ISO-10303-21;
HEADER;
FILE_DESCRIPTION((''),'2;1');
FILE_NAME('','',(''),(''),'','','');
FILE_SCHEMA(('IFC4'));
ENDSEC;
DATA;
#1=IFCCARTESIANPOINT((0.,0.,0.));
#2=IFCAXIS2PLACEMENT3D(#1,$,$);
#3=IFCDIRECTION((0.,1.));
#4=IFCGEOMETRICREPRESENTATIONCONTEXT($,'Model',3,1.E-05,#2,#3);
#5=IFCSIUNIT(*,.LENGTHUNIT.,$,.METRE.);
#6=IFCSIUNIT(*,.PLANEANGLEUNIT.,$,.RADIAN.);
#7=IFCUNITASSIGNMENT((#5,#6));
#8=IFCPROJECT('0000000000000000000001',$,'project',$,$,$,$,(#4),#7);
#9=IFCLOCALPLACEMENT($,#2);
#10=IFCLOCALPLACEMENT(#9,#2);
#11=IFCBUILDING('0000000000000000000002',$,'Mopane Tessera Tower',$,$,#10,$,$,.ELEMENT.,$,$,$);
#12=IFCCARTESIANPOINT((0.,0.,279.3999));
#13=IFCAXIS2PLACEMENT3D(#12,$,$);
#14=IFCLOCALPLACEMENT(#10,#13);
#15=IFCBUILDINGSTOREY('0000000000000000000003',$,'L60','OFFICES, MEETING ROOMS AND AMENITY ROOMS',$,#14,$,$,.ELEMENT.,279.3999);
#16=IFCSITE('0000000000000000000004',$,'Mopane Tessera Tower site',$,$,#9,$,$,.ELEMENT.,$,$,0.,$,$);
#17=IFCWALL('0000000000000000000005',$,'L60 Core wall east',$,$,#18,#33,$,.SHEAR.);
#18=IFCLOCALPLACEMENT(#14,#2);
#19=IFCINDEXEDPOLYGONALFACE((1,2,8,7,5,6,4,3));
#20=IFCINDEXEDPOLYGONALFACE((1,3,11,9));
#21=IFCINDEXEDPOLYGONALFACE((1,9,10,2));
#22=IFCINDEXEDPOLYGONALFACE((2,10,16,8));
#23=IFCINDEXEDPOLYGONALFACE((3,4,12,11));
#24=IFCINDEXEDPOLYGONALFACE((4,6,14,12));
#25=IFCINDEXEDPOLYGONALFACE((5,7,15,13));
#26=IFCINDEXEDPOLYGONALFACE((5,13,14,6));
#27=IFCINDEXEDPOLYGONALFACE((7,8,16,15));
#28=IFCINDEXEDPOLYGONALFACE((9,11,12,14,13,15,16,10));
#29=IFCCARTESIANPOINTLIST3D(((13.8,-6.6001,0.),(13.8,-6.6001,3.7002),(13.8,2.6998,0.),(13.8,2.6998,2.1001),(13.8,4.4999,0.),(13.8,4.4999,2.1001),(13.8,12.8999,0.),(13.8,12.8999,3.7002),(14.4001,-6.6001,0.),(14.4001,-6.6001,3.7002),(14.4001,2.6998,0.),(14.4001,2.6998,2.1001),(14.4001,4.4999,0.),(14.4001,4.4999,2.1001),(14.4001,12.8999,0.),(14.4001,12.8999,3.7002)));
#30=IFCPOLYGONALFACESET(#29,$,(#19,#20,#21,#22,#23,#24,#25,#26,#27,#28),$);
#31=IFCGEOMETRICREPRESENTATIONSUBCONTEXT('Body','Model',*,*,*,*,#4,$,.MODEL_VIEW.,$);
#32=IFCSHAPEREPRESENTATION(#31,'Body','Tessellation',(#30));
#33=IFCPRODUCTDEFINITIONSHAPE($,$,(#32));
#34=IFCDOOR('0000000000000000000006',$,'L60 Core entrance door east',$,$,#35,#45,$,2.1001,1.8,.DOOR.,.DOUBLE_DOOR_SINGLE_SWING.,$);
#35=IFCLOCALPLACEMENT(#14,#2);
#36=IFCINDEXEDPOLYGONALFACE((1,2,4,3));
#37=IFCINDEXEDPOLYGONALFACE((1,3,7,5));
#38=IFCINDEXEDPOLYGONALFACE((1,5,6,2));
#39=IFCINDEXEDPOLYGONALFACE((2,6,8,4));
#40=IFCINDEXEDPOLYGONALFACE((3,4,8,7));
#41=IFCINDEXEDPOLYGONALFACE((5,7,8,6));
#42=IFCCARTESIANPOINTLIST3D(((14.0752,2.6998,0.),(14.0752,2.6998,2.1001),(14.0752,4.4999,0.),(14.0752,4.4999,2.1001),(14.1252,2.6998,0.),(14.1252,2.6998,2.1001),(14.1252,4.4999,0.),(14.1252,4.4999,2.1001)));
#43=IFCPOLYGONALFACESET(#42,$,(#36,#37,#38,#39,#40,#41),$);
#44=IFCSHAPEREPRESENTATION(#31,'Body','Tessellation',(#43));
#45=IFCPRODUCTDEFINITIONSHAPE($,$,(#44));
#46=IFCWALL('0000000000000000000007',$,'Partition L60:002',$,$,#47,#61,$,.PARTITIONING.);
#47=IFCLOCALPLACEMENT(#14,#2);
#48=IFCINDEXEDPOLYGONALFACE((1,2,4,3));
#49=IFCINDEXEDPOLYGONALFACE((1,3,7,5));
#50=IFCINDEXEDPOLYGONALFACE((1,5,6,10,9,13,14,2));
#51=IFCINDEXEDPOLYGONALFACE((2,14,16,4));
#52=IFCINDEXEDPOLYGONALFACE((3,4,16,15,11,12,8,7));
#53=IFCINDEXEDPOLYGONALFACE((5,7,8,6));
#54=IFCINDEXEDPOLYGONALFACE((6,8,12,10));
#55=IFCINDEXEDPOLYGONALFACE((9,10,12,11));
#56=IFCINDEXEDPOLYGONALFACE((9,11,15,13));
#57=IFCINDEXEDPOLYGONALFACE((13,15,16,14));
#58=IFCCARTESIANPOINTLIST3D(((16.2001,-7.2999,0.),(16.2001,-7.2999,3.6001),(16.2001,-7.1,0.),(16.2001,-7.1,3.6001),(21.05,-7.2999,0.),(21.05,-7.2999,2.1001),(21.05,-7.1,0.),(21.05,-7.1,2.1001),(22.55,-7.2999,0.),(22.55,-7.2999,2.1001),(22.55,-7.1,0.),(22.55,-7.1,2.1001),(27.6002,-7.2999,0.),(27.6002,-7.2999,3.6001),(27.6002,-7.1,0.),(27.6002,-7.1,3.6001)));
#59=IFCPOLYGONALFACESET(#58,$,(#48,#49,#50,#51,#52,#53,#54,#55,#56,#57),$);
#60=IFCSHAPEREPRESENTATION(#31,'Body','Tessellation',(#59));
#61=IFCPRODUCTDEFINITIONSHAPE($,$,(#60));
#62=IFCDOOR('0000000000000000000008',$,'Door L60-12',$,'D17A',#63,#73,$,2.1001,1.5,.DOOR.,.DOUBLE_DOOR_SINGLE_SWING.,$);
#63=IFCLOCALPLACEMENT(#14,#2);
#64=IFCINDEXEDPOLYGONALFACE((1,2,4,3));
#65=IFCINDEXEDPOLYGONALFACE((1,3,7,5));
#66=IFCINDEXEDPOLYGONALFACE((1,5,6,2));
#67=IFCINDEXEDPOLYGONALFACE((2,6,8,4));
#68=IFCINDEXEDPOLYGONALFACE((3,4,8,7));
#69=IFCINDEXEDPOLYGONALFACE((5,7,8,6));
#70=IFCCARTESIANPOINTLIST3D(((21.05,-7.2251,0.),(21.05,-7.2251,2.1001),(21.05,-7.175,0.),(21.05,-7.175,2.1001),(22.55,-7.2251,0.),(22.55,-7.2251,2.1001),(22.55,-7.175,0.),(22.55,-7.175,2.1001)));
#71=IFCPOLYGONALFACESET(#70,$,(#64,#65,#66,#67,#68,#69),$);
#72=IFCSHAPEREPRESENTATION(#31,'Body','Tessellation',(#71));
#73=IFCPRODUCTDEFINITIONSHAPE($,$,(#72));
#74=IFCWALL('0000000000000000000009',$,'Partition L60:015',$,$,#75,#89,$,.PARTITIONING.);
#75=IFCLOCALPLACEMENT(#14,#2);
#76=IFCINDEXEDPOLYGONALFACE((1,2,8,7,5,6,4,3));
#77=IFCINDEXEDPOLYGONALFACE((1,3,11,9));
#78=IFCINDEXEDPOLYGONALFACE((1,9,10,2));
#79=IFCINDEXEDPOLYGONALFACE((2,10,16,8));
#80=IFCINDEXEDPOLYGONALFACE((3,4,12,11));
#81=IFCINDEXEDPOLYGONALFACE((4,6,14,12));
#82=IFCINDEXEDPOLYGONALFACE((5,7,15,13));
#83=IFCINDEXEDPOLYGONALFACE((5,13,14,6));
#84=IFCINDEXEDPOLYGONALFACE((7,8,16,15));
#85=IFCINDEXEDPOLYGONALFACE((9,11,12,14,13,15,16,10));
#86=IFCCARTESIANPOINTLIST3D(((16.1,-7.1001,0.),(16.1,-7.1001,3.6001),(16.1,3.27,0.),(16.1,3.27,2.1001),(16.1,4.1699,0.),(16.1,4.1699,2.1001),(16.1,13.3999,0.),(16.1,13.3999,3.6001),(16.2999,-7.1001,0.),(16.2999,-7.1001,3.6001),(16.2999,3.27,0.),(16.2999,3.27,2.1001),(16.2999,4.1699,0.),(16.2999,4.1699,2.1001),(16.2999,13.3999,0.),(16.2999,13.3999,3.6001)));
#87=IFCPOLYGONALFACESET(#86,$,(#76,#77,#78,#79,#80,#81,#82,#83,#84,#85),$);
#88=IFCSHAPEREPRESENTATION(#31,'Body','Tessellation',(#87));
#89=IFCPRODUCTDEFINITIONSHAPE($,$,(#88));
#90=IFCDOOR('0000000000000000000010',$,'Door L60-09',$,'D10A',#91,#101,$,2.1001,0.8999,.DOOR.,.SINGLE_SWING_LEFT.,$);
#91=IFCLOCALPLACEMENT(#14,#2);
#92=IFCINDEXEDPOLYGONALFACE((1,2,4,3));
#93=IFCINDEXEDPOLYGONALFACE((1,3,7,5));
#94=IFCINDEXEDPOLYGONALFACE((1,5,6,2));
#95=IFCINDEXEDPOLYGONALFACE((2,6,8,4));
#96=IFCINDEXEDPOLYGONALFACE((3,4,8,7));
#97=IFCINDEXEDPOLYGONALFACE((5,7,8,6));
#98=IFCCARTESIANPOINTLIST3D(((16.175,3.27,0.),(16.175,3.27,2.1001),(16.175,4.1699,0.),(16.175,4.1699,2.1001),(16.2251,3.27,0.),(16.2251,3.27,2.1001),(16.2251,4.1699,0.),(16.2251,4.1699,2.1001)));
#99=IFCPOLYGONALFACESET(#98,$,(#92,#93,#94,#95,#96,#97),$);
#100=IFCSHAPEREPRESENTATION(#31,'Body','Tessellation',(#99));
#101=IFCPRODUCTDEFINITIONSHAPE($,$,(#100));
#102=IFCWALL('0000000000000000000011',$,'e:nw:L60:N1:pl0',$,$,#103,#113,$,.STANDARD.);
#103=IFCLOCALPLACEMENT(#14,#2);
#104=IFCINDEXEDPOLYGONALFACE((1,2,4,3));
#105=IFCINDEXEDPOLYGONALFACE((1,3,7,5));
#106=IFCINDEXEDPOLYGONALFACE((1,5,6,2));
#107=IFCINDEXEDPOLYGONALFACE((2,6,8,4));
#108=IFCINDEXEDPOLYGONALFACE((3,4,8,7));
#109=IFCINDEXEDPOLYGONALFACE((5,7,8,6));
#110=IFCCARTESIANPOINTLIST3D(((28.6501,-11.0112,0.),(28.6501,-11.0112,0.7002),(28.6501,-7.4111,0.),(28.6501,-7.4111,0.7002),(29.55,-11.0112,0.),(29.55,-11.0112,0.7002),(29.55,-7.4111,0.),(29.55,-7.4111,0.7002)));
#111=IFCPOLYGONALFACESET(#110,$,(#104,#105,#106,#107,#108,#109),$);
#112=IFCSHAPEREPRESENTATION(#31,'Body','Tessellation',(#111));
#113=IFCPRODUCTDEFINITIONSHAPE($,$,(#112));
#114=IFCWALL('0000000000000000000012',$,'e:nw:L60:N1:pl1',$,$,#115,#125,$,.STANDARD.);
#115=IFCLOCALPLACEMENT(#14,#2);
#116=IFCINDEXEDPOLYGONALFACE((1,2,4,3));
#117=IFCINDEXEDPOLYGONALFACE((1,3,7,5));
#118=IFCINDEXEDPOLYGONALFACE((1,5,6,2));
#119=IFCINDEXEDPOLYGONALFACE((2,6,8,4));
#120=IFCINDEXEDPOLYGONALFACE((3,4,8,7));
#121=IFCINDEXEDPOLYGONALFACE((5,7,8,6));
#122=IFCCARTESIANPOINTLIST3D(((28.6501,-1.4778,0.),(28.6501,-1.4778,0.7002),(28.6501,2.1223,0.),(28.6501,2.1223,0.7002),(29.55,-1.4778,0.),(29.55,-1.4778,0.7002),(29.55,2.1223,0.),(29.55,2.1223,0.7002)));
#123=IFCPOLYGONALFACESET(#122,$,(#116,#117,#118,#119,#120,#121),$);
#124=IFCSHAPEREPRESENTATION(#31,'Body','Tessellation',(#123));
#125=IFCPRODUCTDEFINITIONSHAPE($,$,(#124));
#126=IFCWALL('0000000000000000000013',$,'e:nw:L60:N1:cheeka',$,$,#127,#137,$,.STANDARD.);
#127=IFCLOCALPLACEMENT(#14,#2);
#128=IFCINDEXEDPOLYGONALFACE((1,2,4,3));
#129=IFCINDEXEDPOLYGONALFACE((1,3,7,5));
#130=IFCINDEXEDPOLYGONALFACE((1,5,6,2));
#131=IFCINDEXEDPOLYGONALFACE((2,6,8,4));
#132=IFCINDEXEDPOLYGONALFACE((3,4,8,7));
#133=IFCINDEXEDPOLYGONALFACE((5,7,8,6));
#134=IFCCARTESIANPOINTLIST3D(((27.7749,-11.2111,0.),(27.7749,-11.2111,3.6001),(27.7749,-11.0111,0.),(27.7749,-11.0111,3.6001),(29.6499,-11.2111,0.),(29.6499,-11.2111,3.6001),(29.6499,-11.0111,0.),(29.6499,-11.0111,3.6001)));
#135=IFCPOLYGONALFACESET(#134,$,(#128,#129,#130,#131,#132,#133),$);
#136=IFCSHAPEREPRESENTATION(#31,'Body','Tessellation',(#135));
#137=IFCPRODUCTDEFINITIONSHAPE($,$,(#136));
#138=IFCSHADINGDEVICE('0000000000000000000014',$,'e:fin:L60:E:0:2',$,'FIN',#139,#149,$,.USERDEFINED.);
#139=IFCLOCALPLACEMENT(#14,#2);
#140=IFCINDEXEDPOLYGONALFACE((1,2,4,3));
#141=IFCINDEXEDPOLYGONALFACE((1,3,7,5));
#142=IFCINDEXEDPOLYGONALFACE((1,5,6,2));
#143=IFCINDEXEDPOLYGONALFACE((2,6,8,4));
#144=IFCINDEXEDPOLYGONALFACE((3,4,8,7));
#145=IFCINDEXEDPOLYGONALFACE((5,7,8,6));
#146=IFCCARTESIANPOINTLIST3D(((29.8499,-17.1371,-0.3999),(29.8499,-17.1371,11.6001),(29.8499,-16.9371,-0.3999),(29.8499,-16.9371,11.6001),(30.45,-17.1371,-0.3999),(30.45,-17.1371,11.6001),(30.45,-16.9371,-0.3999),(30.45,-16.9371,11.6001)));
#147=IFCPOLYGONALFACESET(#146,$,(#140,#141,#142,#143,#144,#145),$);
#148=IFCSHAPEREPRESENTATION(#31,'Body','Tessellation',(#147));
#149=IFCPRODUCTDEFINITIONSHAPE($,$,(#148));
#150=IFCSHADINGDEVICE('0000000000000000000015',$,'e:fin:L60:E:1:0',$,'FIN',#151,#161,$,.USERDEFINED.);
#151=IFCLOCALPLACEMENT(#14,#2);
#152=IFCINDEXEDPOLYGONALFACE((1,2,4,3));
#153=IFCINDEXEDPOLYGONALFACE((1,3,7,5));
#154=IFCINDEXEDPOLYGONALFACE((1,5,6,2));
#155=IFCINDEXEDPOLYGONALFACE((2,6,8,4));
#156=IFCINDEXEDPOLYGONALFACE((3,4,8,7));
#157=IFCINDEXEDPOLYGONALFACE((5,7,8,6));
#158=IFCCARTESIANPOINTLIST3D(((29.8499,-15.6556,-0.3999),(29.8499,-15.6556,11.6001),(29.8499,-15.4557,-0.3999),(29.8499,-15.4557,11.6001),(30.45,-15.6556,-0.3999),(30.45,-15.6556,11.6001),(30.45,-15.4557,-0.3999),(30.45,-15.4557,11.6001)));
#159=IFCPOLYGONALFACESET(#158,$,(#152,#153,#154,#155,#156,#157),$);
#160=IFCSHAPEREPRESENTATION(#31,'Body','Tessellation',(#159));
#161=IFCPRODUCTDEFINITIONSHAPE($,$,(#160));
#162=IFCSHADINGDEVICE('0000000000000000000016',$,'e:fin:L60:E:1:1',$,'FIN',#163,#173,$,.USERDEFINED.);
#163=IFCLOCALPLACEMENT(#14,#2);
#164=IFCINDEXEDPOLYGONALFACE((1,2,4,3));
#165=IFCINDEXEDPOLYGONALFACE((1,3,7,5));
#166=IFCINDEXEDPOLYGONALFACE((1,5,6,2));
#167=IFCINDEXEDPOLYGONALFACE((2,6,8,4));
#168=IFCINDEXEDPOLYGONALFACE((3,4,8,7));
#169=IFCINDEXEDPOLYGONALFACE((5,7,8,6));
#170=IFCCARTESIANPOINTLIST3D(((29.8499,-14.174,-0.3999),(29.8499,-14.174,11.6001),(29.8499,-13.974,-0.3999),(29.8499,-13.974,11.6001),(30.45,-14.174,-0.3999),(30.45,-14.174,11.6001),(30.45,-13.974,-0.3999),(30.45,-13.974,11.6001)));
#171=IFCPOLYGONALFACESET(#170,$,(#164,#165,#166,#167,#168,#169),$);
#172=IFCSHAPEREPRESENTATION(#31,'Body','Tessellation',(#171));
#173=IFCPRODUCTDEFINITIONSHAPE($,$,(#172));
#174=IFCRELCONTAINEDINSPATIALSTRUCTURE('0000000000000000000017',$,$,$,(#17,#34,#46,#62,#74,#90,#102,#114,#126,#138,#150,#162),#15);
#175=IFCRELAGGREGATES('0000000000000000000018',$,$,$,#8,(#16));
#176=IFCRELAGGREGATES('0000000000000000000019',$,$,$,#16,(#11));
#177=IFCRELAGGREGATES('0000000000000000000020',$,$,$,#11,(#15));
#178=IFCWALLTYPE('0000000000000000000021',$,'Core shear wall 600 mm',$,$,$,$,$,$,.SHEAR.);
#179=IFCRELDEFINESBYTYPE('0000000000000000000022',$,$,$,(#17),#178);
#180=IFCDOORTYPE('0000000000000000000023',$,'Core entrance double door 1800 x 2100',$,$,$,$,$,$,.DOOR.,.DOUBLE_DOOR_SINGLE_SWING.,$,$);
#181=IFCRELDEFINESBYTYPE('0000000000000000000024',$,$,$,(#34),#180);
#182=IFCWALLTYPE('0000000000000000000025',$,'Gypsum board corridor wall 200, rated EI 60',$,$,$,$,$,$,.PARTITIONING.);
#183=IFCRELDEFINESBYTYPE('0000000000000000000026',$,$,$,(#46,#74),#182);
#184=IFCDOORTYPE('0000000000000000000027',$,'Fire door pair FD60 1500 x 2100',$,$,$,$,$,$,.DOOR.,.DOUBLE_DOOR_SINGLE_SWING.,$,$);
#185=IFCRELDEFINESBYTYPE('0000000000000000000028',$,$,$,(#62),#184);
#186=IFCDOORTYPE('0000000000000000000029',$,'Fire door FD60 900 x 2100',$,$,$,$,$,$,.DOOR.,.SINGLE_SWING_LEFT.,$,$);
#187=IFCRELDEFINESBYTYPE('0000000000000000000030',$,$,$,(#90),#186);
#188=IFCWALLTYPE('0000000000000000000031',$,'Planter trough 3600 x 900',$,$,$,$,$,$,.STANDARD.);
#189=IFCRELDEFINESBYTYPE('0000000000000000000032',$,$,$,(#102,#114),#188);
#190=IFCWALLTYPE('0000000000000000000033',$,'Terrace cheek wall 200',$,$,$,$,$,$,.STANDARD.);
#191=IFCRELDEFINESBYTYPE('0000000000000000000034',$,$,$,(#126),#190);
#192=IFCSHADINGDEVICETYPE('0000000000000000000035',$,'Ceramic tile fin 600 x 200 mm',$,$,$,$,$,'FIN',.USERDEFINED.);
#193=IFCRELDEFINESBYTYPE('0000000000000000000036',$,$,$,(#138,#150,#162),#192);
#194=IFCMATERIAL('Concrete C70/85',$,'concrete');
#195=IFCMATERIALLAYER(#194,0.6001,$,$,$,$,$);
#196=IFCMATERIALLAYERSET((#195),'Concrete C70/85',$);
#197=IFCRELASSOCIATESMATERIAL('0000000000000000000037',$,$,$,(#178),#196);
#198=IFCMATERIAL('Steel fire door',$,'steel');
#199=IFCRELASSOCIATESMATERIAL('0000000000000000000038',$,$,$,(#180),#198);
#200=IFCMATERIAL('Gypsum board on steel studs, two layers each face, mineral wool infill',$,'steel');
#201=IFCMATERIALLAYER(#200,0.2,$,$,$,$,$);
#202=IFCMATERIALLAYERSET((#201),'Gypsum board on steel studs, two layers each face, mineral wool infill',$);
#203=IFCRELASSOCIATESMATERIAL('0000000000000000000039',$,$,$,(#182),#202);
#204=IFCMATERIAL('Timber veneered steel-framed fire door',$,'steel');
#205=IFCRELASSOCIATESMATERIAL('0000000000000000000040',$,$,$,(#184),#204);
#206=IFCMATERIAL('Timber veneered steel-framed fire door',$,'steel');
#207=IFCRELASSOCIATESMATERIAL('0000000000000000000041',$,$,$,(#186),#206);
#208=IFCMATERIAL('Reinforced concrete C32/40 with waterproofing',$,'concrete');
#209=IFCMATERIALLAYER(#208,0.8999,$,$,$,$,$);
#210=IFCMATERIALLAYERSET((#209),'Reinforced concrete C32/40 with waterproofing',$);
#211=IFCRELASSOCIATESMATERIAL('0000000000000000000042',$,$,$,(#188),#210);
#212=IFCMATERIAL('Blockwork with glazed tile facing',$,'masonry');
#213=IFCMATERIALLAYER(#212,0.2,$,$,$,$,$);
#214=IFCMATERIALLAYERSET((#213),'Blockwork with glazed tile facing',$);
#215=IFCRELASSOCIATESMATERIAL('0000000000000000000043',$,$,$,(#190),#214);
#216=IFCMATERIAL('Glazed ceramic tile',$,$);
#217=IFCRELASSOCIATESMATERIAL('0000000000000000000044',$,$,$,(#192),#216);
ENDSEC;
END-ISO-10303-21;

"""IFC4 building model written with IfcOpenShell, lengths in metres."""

from ifc_helpers import new_model, si_unit, direction, frame, frame_2d, origin, origin_2d, place, context, subcontext, project, spatial, rectangle, extrude, material, layer, layer_set, type_object, element, fill, save


model = new_model("IFC4")

# Units and contexts
model_context = context("Model", 3, precision=1e-05, world=origin(), true_north=direction((0.0, 1.0)))
body_context = subcontext(model_context, "Body", "Model", "MODEL_VIEW")
ifc_project = project(units=[si_unit("LENGTHUNIT", "METRE"), si_unit("PLANEANGLEUNIT", "RADIAN")], contexts=[model_context])

# Site, building, storey
site_placement = place(None, origin())
site = spatial("IfcSite", under=ifc_project, at=site_placement, Name="Mopane Tessera Tower site", CompositionType="ELEMENT", RefElevation=0.0)
building_placement = place(site_placement, origin())
building = spatial("IfcBuilding", under=site, at=building_placement, Name="Mopane Tessera Tower", CompositionType="ELEMENT")
storey_placement = place(building_placement, frame((0.0, 0.0, 279.3999)))
storey = spatial("IfcBuildingStorey", under=building, at=storey_placement, Name="L60", Description="OFFICES, MEETING ROOMS AND AMENITY ROOMS", CompositionType="ELEMENT", Elevation=279.3999)

# Walls, openings, doors
ifc_material_1 = material(Name="Concrete C70/85", Category="concrete")
ifc_layer_1 = layer(ifc_material_1, 0.6001)
ifc_layer_set_1 = layer_set([ifc_layer_1], Name="Concrete C70/85")
wall_type_1 = type_object("IfcWallType", Name="Core shear wall 600 mm", PredefinedType="SHEAR", material=ifc_layer_set_1)
wall_1_placement = place(storey_placement, frame((14.1001, -6.6001, 0.0), z_axis=(0.0, 0.0, 1.0), x_axis=(0.0, 1.0, 0.0)))
wall_1 = element("IfcWall", 1, at=wall_1_placement, inside=storey, type_object=wall_type_1, Name="L60 Core wall east", PredefinedType="SHEAR", context=body_context, shape_type="SweptSolid", body=[
    extrude(rectangle(XDim=19.5, YDim=0.6001, at=frame_2d((9.75, 0.0))), origin(), (0.0, 0.0, 1.0), 3.7002),
])
opening_1_placement = place(wall_1_placement, frame((9.3, 0.0, 0.0)))
opening_1 = element("IfcOpeningElement", 2, at=opening_1_placement, cuts=wall_1, PredefinedType="OPENING", context=body_context, shape_type="SweptSolid", body=[
    extrude(rectangle(XDim=1.8, YDim=2.1001, at=frame_2d((0.8999, 1.05))), frame((0.0, 0.312, 0.0), z_axis=(0.0, -1.0, 0.0), x_axis=(1.0, 0.0, 0.0)), (0.0, 0.0, 1.0), 0.624),
])
ifc_material_2 = material(Name="Steel fire door", Category="steel")
door_type_1 = type_object("IfcDoorType", Name="Core entrance double door 1800 x 2100", OperationType="DOUBLE_DOOR_SINGLE_SWING", PredefinedType="DOOR", material=ifc_material_2)
door_1_placement = place(opening_1_placement, origin())
door_1 = element("IfcDoor", 3, at=door_1_placement, inside=storey, type_object=door_type_1, Name="L60 Core entrance door east", OperationType="DOUBLE_DOOR_SINGLE_SWING", OverallHeight=2.1001, OverallWidth=1.8, PredefinedType="DOOR", context=body_context, shape_type="SweptSolid", body=[
    extrude(rectangle(XDim=1.8, YDim=2.1001, at=frame_2d((0.8999, 1.05))), frame((0.0, 0.0249, 0.0), z_axis=(0.0, -1.0, 0.0), x_axis=(1.0, 0.0, 0.0)), (0.0, 0.0, 1.0), 0.05),
])
fill(opening_1, door_1)
ifc_material_3 = material(Name="Gypsum board on steel studs, two layers each face, mineral wool infill", Category="steel")
ifc_layer_2 = layer(ifc_material_3, 0.2)
ifc_layer_set_2 = layer_set([ifc_layer_2], Name="Gypsum board on steel studs, two layers each face, mineral wool infill")
wall_type_2 = type_object("IfcWallType", Name="Gypsum board corridor wall 200, rated EI 60", PredefinedType="PARTITIONING", material=ifc_layer_set_2)
wall_2_placement = place(storey_placement, frame((16.2, -7.2, 0.0), z_axis=(0.0, 0.0, 1.0), x_axis=(1.0, 0.0, 0.0)))
wall_2 = element("IfcWall", 4, at=wall_2_placement, inside=storey, type_object=wall_type_2, Name="Partition L60:002", PredefinedType="PARTITIONING", context=body_context, shape_type="SweptSolid", body=[
    extrude(rectangle(XDim=11.4001, YDim=0.2, at=frame_2d((5.7002, 0.0))), origin(), (0.0, 0.0, 1.0), 3.6001),
])
opening_2_placement = place(wall_2_placement, frame((4.8501, 0.0, 0.0)))
opening_2 = element("IfcOpeningElement", 5, at=opening_2_placement, cuts=wall_2, PredefinedType="OPENING", context=body_context, shape_type="SweptSolid", body=[
    extrude(rectangle(XDim=1.5, YDim=2.1001, at=frame_2d((0.75, 1.05))), frame((0.0, 0.1121, 0.0), z_axis=(0.0, -1.0, 0.0), x_axis=(1.0, 0.0, 0.0)), (0.0, 0.0, 1.0), 0.2239),
])
ifc_material_4 = material(Name="Timber veneered steel-framed fire door", Category="steel")
door_type_2 = type_object("IfcDoorType", Name="Fire door pair FD60 1500 x 2100", OperationType="DOUBLE_DOOR_SINGLE_SWING", PredefinedType="DOOR", material=ifc_material_4)
door_2_placement = place(opening_2_placement, origin())
door_2 = element("IfcDoor", 6, at=door_2_placement, inside=storey, type_object=door_type_2, Name="Door L60-12", ObjectType="D17A", OperationType="DOUBLE_DOOR_SINGLE_SWING", OverallHeight=2.1001, OverallWidth=1.5, PredefinedType="DOOR", context=body_context, shape_type="SweptSolid", body=[
    extrude(rectangle(XDim=1.5, YDim=2.1001, at=frame_2d((0.75, 1.05))), frame((0.0, 0.0249, 0.0), z_axis=(0.0, -1.0, 0.0), x_axis=(1.0, 0.0, 0.0)), (0.0, 0.0, 1.0), 0.05),
])
fill(opening_2, door_2)
wall_3_placement = place(storey_placement, frame((16.2, -7.1001, 0.0), z_axis=(0.0, 0.0, 1.0), x_axis=(0.0, 1.0, 0.0)))
wall_3 = element("IfcWall", 7, at=wall_3_placement, inside=storey, type_object=wall_type_2, Name="Partition L60:015", PredefinedType="PARTITIONING", context=body_context, shape_type="SweptSolid", body=[
    extrude(rectangle(XDim=20.5, YDim=0.2, at=frame_2d((10.25, 0.0))), origin(), (0.0, 0.0, 1.0), 3.6001),
])
opening_3_placement = place(wall_3_placement, frame((10.3701, 0.0, 0.0)))
opening_3 = element("IfcOpeningElement", 8, at=opening_3_placement, cuts=wall_3, PredefinedType="OPENING", context=body_context, shape_type="SweptSolid", body=[
    extrude(rectangle(XDim=0.8999, YDim=2.1001, at=frame_2d((0.45, 1.05))), frame((0.0, 0.1121, 0.0), z_axis=(0.0, -1.0, 0.0), x_axis=(1.0, 0.0, 0.0)), (0.0, 0.0, 1.0), 0.2239),
])
ifc_material_5 = material(Name="Timber veneered steel-framed fire door", Category="steel")
door_type_3 = type_object("IfcDoorType", Name="Fire door FD60 900 x 2100", OperationType="SINGLE_SWING_LEFT", PredefinedType="DOOR", material=ifc_material_5)
door_3_placement = place(opening_3_placement, origin())
door_3 = element("IfcDoor", 9, at=door_3_placement, inside=storey, type_object=door_type_3, Name="Door L60-09", ObjectType="D10A", OperationType="SINGLE_SWING_LEFT", OverallHeight=2.1001, OverallWidth=0.8999, PredefinedType="DOOR", context=body_context, shape_type="SweptSolid", body=[
    extrude(rectangle(XDim=0.8999, YDim=2.1001, at=frame_2d((0.45, 1.05))), frame((0.0, 0.0249, 0.0), z_axis=(0.0, -1.0, 0.0), x_axis=(1.0, 0.0, 0.0)), (0.0, 0.0, 1.0), 0.05),
])
fill(opening_3, door_3)

# Walls
ifc_material_6 = material(Name="Reinforced concrete C32/40 with waterproofing", Category="concrete")
ifc_layer_3 = layer(ifc_material_6, 0.8999)
ifc_layer_set_3 = layer_set([ifc_layer_3], Name="Reinforced concrete C32/40 with waterproofing")
wall_type_3 = type_object("IfcWallType", Name="Planter trough 3600 x 900", PredefinedType="STANDARD", material=ifc_layer_set_3)
for number, where, z_axis, x_axis, name in (
    (10, (29.1001, -11.0112, 0.0), (0.0, 0.0, 1.0), (0.0, 1.0, 0.0), "e:nw:L60:N1:pl0"),
    (11, (29.1001, -1.4778, 0.0), (0.0, 0.0, 1.0), (0.0, 1.0, 0.0), "e:nw:L60:N1:pl1"),
):
    element("IfcWall", number, at=place(storey_placement, frame(where, z_axis=z_axis, x_axis=x_axis)), inside=storey, type_object=wall_type_3, Name=name, PredefinedType="STANDARD", context=body_context, shape_type="SweptSolid", body=[
        extrude(rectangle(XDim=3.6001, YDim=0.8999, at=frame_2d((1.8, 0.0))), origin(), (0.0, 0.0, 1.0), 0.7002),
    ])
ifc_material_7 = material(Name="Blockwork with glazed tile facing", Category="masonry")
ifc_layer_4 = layer(ifc_material_7, 0.2)
ifc_layer_set_4 = layer_set([ifc_layer_4], Name="Blockwork with glazed tile facing")
wall_type_4 = type_object("IfcWallType", Name="Terrace cheek wall 200", PredefinedType="STANDARD", material=ifc_layer_set_4)
wall_4_placement = place(storey_placement, frame((29.6499, -11.1111, 0.0), z_axis=(0.0, 0.0, 1.0), x_axis=(-1.0, 0.0, 0.0)))
element("IfcWall", 12, at=wall_4_placement, inside=storey, type_object=wall_type_4, Name="e:nw:L60:N1:cheeka", PredefinedType="STANDARD", context=body_context, shape_type="SweptSolid", body=[
    extrude(rectangle(XDim=1.875, YDim=0.2, at=frame_2d((0.9375, 0.0))), origin(), (0.0, 0.0, 1.0), 3.6001),
])

# Shading devices
ifc_material_8 = material(Name="Glazed ceramic tile")
shading_device_type = type_object("IfcShadingDeviceType", Name="Ceramic tile fin 600 x 200 mm", ElementType="FIN", PredefinedType="USERDEFINED", material=ifc_material_8)
for number, where, z_axis, x_axis, name in (
    (13, (30.1499, -17.0371, -0.3999), (0.0, 0.0, 1.0), (0.0, 1.0, 0.0), "e:fin:L60:E:0:2"),
    (14, (30.1499, -15.5557, -0.3999), (0.0, 0.0, 1.0), (0.0, 1.0, 0.0), "e:fin:L60:E:1:0"),
    (15, (30.1499, -14.074, -0.3999), (0.0, 0.0, 1.0), (0.0, 1.0, 0.0), "e:fin:L60:E:1:1"),
):
    element("IfcShadingDevice", number, at=place(storey_placement, frame(where, z_axis=z_axis, x_axis=x_axis)), inside=storey, type_object=shading_device_type, Name=name, ObjectType="FIN", PredefinedType="USERDEFINED", context=body_context, shape_type="SweptSolid", body=[
        extrude(rectangle(XDim=0.2, YDim=0.6001, at=origin_2d()), origin(), (0.0, 0.0, 1.0), 12.0),
    ])

save(model, "model.ifc")
